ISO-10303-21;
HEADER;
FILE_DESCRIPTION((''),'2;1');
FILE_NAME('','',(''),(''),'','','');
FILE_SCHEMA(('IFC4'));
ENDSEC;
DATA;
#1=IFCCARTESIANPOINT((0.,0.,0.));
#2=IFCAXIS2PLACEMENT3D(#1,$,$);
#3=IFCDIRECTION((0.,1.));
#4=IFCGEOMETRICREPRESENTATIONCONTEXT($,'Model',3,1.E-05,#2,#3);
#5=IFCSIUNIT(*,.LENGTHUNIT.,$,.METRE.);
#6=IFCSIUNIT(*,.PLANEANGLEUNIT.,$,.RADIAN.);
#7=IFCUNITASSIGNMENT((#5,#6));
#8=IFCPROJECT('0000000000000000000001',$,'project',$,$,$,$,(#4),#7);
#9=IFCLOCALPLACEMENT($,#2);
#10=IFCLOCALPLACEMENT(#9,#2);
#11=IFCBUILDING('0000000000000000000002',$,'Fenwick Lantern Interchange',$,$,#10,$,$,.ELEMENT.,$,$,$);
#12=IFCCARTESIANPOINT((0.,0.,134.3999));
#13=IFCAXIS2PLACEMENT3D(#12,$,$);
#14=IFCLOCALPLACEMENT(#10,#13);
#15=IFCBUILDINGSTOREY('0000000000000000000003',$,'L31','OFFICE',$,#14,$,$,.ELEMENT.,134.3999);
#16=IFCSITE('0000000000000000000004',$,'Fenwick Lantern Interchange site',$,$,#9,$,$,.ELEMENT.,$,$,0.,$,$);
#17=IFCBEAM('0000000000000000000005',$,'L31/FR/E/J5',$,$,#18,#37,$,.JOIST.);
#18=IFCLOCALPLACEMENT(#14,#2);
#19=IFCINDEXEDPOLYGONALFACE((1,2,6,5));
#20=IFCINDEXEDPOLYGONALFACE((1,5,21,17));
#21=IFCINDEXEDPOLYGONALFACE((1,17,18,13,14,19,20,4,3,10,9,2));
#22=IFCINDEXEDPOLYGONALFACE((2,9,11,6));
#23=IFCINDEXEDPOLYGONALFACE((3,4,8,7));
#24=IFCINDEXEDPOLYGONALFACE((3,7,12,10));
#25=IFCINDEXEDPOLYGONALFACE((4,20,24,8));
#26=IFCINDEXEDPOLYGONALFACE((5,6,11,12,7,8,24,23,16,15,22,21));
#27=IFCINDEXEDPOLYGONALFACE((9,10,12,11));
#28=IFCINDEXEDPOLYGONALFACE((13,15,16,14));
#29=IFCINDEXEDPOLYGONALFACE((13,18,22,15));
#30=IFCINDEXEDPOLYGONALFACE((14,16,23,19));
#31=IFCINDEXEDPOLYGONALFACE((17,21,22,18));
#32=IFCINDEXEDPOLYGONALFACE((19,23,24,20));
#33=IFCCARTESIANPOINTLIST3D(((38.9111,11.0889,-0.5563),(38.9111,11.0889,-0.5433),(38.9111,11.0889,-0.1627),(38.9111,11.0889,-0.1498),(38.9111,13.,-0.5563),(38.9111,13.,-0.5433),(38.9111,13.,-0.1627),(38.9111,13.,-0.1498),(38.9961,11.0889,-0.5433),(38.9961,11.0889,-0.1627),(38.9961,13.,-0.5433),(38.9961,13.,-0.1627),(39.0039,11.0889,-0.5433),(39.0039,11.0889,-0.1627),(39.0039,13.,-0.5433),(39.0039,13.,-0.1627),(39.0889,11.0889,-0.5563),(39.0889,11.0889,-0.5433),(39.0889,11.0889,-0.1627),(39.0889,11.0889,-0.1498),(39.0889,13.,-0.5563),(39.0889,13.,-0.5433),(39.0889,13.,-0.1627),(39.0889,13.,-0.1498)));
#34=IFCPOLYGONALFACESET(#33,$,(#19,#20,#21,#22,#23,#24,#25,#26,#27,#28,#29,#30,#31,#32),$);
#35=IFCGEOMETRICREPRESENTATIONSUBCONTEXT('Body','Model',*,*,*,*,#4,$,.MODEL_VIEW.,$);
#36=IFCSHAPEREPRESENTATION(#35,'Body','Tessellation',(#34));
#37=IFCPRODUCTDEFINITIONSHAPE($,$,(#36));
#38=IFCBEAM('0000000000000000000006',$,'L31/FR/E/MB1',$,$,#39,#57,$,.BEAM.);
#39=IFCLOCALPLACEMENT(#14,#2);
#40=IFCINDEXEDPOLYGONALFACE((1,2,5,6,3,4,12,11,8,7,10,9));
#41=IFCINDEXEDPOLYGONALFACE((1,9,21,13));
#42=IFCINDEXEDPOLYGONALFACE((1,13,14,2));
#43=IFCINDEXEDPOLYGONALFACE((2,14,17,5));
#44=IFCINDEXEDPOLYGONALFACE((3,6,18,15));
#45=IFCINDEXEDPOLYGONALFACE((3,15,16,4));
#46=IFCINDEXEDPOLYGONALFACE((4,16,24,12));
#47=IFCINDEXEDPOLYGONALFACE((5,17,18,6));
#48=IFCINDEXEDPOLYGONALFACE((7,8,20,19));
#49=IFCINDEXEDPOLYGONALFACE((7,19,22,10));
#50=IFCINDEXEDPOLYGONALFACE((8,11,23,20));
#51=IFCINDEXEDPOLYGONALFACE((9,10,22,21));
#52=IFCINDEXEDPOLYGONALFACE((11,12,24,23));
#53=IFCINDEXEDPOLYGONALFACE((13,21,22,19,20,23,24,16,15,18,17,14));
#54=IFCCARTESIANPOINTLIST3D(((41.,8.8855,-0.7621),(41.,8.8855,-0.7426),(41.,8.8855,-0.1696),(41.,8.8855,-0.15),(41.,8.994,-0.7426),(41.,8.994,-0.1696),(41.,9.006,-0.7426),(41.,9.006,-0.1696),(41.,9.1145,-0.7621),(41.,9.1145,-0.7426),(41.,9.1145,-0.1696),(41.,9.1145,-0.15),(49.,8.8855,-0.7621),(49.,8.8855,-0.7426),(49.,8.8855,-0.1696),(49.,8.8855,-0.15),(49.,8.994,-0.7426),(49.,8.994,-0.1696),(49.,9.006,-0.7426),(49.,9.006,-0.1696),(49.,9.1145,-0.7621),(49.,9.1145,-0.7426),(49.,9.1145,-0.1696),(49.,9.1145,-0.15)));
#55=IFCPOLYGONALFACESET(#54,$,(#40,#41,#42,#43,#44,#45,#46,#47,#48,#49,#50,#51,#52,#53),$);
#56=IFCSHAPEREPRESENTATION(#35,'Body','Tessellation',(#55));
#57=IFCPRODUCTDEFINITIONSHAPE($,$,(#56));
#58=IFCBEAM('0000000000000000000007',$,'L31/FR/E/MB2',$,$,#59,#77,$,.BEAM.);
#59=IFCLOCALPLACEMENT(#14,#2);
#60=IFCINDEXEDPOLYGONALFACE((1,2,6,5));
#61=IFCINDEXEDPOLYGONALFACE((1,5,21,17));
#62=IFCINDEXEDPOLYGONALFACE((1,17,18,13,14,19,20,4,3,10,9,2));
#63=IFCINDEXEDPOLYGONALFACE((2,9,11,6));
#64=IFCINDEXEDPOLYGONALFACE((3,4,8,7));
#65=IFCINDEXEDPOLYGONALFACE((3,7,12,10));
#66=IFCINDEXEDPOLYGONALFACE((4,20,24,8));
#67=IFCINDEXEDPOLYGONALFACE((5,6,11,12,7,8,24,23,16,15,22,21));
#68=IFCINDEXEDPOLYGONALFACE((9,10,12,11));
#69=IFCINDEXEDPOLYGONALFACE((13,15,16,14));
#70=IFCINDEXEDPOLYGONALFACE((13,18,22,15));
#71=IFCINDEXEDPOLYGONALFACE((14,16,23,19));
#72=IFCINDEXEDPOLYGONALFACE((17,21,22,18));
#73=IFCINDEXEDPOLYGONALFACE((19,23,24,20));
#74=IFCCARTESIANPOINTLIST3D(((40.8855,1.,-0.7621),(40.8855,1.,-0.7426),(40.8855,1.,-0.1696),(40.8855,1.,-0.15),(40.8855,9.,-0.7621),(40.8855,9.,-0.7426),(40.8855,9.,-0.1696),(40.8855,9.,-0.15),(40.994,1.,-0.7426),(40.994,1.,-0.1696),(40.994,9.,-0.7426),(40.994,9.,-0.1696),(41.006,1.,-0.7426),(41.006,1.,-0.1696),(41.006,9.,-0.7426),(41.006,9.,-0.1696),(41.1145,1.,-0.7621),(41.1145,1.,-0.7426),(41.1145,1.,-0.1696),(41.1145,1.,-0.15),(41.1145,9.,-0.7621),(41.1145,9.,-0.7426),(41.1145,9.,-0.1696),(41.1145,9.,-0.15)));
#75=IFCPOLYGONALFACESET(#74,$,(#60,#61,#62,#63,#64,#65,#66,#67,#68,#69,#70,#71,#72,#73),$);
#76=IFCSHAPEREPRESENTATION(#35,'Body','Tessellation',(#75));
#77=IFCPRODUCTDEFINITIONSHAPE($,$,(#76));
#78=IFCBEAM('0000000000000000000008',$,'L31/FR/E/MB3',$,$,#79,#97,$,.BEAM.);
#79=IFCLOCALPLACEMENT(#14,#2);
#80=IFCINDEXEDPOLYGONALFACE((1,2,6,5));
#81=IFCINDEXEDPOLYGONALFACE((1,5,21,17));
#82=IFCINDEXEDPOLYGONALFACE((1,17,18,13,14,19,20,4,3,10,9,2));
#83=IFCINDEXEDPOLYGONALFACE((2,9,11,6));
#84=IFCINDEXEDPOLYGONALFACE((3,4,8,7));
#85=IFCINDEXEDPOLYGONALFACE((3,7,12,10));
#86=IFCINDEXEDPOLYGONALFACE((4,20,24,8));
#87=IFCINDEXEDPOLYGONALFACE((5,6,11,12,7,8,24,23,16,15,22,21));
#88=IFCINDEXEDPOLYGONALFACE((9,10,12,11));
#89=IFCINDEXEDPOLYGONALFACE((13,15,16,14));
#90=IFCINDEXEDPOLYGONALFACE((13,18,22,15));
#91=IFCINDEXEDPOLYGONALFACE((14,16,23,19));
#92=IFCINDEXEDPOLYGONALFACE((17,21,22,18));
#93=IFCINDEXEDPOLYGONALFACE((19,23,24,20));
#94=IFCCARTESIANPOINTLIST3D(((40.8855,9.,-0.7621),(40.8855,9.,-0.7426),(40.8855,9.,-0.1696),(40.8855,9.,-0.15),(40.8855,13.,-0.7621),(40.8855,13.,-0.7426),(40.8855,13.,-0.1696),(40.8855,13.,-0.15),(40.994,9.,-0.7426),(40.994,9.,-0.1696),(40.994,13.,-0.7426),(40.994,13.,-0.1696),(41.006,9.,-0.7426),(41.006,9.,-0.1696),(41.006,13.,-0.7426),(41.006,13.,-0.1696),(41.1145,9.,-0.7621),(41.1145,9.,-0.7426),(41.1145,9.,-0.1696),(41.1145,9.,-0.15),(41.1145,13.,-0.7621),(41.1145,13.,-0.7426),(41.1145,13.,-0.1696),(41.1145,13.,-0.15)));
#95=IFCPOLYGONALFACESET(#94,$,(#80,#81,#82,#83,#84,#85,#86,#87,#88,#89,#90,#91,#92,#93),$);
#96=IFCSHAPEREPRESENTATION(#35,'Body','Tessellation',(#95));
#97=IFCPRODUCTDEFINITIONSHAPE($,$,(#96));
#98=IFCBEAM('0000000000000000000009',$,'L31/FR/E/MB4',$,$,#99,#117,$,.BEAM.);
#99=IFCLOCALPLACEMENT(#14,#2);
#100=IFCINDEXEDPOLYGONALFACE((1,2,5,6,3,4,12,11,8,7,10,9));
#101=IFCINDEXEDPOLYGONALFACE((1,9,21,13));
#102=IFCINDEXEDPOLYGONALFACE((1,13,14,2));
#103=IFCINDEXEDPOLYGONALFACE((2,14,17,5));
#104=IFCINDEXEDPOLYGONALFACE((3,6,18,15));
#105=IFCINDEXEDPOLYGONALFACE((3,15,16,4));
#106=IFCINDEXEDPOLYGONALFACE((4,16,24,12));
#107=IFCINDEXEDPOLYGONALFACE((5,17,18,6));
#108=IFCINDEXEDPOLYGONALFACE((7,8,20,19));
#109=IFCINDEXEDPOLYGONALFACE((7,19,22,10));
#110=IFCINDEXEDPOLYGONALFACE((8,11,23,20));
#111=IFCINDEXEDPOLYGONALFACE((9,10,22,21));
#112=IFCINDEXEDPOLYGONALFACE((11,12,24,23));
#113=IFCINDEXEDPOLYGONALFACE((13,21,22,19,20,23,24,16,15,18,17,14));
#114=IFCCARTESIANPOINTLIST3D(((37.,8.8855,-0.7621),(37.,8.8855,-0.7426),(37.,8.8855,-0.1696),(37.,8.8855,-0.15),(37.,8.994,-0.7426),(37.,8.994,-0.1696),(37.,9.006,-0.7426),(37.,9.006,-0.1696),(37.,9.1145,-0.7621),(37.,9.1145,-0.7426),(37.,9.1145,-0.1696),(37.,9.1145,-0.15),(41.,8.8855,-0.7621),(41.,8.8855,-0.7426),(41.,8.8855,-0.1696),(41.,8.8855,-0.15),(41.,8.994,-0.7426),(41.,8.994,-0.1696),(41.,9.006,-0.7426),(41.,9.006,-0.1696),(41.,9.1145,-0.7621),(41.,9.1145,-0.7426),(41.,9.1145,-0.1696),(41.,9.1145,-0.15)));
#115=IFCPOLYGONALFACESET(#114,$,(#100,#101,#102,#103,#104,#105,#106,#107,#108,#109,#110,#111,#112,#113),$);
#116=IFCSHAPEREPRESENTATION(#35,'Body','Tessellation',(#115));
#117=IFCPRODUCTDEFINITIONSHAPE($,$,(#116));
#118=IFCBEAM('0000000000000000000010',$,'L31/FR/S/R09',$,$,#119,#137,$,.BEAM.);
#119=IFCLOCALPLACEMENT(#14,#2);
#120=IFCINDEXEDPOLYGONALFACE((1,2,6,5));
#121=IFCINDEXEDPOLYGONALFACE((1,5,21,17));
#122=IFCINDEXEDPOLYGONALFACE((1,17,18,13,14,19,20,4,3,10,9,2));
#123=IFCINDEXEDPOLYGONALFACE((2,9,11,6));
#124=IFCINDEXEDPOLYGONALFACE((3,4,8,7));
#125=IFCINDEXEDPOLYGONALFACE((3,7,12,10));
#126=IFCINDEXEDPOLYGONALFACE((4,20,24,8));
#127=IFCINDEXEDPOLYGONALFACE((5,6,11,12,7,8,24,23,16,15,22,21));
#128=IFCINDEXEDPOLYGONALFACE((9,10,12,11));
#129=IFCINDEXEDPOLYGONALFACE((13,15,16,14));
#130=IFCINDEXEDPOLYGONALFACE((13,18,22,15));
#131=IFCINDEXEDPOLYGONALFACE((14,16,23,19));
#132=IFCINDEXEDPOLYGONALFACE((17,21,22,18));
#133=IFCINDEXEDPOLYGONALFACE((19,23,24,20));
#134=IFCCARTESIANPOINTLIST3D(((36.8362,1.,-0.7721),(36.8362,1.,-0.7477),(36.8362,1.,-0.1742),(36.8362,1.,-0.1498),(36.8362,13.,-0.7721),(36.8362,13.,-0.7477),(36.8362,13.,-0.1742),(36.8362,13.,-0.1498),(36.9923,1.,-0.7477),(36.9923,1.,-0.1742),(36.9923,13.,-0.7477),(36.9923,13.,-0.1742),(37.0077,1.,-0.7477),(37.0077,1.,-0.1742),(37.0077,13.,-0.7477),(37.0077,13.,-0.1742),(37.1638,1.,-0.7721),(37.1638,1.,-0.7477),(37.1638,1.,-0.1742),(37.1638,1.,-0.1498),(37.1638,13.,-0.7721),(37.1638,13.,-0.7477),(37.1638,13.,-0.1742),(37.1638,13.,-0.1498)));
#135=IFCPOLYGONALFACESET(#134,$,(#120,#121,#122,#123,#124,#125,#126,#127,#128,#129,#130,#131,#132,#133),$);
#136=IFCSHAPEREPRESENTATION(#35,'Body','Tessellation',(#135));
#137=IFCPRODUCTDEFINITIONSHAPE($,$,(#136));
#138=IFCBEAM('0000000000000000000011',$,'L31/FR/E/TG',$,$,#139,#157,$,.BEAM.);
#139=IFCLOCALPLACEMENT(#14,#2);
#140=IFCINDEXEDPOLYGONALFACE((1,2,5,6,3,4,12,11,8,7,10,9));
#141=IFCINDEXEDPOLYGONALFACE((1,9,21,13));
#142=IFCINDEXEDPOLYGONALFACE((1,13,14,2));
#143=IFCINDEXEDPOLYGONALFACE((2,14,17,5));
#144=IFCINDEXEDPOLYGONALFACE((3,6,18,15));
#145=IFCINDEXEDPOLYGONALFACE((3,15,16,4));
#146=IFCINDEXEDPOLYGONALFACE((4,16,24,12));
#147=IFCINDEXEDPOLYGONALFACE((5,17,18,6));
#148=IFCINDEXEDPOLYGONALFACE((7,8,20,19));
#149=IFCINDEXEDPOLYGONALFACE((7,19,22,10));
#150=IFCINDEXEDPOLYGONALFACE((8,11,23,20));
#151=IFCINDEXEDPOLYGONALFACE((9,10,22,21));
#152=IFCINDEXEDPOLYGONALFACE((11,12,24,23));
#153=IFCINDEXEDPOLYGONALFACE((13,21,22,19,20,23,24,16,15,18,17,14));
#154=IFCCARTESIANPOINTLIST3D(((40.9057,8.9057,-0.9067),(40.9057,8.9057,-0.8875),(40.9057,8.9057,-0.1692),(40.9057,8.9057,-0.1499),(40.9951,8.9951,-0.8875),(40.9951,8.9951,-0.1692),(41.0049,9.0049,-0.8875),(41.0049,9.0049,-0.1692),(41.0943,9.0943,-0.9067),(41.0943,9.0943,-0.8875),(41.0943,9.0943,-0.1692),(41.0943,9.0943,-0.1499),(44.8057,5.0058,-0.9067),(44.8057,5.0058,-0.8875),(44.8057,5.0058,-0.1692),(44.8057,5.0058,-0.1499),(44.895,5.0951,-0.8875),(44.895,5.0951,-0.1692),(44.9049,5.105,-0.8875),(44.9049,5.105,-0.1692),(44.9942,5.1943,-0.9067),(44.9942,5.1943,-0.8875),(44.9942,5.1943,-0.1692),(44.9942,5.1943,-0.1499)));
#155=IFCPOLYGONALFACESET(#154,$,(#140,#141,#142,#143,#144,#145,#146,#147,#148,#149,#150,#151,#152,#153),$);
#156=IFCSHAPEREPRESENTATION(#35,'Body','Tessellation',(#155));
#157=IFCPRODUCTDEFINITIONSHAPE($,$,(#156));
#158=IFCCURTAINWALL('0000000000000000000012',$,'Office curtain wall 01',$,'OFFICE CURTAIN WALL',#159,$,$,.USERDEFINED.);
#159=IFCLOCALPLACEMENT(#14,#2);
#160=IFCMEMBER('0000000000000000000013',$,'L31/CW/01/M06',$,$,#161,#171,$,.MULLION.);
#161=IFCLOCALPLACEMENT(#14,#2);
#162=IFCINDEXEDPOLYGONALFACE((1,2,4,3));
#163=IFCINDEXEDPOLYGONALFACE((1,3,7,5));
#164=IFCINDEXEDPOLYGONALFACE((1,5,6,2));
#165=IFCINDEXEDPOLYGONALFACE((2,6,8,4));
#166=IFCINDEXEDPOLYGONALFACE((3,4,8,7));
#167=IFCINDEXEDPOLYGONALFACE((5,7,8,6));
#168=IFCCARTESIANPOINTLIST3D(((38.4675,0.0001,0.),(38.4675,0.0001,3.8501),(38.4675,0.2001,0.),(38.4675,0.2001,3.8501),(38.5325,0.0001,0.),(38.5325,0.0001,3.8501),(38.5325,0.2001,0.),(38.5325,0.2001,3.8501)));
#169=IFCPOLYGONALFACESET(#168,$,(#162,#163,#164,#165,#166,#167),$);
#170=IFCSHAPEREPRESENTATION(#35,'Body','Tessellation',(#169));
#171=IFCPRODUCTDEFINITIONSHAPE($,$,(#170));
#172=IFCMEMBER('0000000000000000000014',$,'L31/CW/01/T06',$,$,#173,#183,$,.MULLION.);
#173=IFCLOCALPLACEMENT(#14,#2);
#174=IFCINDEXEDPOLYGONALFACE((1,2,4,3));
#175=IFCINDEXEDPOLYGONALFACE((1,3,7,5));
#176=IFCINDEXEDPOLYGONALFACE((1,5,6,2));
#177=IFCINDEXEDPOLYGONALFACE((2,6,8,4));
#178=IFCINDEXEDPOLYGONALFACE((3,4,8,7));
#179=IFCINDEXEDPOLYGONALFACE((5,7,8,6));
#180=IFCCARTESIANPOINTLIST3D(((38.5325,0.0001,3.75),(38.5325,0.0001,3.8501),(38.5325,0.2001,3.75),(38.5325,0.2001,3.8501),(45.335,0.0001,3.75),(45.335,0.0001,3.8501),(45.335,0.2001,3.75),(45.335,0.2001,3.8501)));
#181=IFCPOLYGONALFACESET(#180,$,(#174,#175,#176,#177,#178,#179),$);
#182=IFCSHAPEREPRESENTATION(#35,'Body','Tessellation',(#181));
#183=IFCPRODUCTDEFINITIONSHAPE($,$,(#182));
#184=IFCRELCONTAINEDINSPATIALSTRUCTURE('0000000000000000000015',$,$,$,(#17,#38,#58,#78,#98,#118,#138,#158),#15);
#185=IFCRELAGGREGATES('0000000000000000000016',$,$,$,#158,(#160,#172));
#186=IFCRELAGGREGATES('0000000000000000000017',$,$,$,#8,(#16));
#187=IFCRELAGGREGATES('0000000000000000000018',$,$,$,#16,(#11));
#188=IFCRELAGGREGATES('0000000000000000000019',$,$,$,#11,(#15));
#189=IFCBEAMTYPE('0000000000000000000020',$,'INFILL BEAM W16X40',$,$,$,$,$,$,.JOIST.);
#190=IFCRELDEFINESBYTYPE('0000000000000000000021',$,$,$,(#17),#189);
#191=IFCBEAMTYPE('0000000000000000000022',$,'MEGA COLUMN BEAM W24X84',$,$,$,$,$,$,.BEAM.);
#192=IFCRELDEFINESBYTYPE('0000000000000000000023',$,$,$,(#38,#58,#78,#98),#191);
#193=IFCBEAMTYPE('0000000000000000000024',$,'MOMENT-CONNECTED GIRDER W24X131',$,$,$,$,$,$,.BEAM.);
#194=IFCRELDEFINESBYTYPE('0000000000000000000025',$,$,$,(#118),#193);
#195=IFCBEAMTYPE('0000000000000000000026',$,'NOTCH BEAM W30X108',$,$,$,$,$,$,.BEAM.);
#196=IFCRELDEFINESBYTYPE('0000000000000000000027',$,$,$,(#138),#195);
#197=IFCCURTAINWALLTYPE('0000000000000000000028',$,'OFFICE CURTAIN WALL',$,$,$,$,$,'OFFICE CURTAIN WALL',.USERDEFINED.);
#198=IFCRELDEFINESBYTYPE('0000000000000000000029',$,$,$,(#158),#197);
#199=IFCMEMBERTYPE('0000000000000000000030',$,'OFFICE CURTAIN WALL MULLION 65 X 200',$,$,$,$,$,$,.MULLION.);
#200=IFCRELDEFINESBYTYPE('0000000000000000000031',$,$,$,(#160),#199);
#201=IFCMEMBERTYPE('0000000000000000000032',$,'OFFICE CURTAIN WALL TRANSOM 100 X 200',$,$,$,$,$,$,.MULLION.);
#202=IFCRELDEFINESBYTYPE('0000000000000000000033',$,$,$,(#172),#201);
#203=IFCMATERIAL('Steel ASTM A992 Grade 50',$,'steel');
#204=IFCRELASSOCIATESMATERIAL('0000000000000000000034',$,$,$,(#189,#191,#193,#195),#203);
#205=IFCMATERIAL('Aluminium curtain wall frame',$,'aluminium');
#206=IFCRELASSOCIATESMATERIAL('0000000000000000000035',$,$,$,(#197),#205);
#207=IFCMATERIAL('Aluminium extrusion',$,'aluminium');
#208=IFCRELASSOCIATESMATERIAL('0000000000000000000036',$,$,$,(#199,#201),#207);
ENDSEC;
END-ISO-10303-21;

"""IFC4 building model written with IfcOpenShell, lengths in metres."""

from ifc_helpers import new_model, si_unit, direction, frame, origin, origin_2d, place, context, subcontext, project, spatial, rectangle, i_section, extrude, material, material_profile, profile_set, type_object, element, aggregate, save


model = new_model("IFC4")

# Units and contexts
model_context = context("Model", 3, precision=1e-05, world=origin(), true_north=direction((0.0, 1.0)))
body_context = subcontext(model_context, "Body", "Model", "MODEL_VIEW")
ifc_project = project(units=[si_unit("LENGTHUNIT", "METRE"), si_unit("PLANEANGLEUNIT", "RADIAN")], contexts=[model_context])

# Site, building, storey
site_placement = place(None, origin())
site = spatial("IfcSite", under=ifc_project, at=site_placement, Name="Fenwick Lantern Interchange site", CompositionType="ELEMENT", RefElevation=0.0)
building_placement = place(site_placement, origin())
building = spatial("IfcBuilding", under=site, at=building_placement, Name="Fenwick Lantern Interchange", CompositionType="ELEMENT")
storey_placement = place(building_placement, frame((0.0, 0.0, 134.3999)))
storey = spatial("IfcBuildingStorey", under=building, at=storey_placement, Name="L31", Description="OFFICE", CompositionType="ELEMENT", Elevation=134.3999)

# Beams
ifc_material_1 = material(Name="Steel ASTM A992 Grade 50", Category="steel")
ifc_material_profile_1 = material_profile(ifc_material_1, i_section(OverallWidth=0.1777, OverallDepth=0.4065, WebThickness=0.0078, FlangeThickness=0.0129, at=origin_2d()), Name="W16X40")
ifc_profile_set_1 = profile_set([ifc_material_profile_1], Name="Steel ASTM A992 Grade 50")
beam_type_1 = type_object("IfcBeamType", Name="INFILL BEAM W16X40", PredefinedType="JOIST", material=ifc_profile_set_1)
beam_1_placement = place(storey_placement, frame((39.0, 11.0889, -0.353), z_axis=(0.0, 1.0, 0.0), x_axis=(-1.0, 0.0, 0.0)))
element("IfcBeam", 1, at=beam_1_placement, inside=storey, type_object=beam_type_1, Name="L31/FR/E/J5", PredefinedType="JOIST", context=body_context, shape_type="SweptSolid", body=[
    extrude(i_section(OverallWidth=0.1777, OverallDepth=0.4065, WebThickness=0.0078, FlangeThickness=0.0129, at=origin_2d()), origin(), (0.0, 0.0, 1.0), 1.9111),
])
ifc_material_profile_2 = material_profile(ifc_material_1, i_section(OverallWidth=0.229, OverallDepth=0.6121, WebThickness=0.012, FlangeThickness=0.0195, at=origin_2d()), Name="W24X84")
ifc_profile_set_2 = profile_set([ifc_material_profile_2], Name="Steel ASTM A992 Grade 50")
beam_type_2 = type_object("IfcBeamType", Name="MEGA COLUMN BEAM W24X84", PredefinedType="BEAM", material=ifc_profile_set_2)
for number, where, z_axis, x_axis, name in (
    (2, (41.0, 9.0, -0.4561), (1.0, 0.0, 0.0), (0.0, 1.0, 0.0), "L31/FR/E/MB1"),
    (3, (41.0, 9.0, -0.4561), (0.0, -1.0, 0.0), (1.0, 0.0, 0.0), "L31/FR/E/MB2"),
):
    element("IfcBeam", number, at=place(storey_placement, frame(where, z_axis=z_axis, x_axis=x_axis)), inside=storey, type_object=beam_type_2, Name=name, PredefinedType="BEAM", context=body_context, shape_type="SweptSolid", body=[
        extrude(i_section(OverallWidth=0.229, OverallDepth=0.6121, WebThickness=0.012, FlangeThickness=0.0195, at=origin_2d()), origin(), (0.0, 0.0, 1.0), 8.0),
    ])
for number, where, z_axis, x_axis, name in (
    (4, (41.0, 9.0, -0.4561), (0.0, 1.0, 0.0), (-1.0, 0.0, 0.0), "L31/FR/E/MB3"),
    (5, (41.0, 9.0, -0.4561), (-1.0, 0.0, 0.0), (0.0, -1.0, 0.0), "L31/FR/E/MB4"),
):
    element("IfcBeam", number, at=place(storey_placement, frame(where, z_axis=z_axis, x_axis=x_axis)), inside=storey, type_object=beam_type_2, Name=name, PredefinedType="BEAM", context=body_context, shape_type="SweptSolid", body=[
        extrude(i_section(OverallWidth=0.229, OverallDepth=0.6121, WebThickness=0.012, FlangeThickness=0.0195, at=origin_2d()), origin(), (0.0, 0.0, 1.0), 4.0),
    ])
ifc_material_profile_3 = material_profile(ifc_material_1, i_section(OverallWidth=0.3276, OverallDepth=0.6223, WebThickness=0.0154, FlangeThickness=0.0244, at=origin_2d()), Name="W24X131")
ifc_profile_set_3 = profile_set([ifc_material_profile_3], Name="Steel ASTM A992 Grade 50")
beam_type_3 = type_object("IfcBeamType", Name="MOMENT-CONNECTED GIRDER W24X131", PredefinedType="BEAM", material=ifc_profile_set_3)
beam_2_placement = place(storey_placement, frame((37.0, 1.0, -0.4609), z_axis=(0.0, 1.0, 0.0), x_axis=(-1.0, 0.0, 0.0)))
element("IfcBeam", 6, at=beam_2_placement, inside=storey, type_object=beam_type_3, Name="L31/FR/S/R09", PredefinedType="BEAM", context=body_context, shape_type="SweptSolid", body=[
    extrude(i_section(OverallWidth=0.3276, OverallDepth=0.6223, WebThickness=0.0154, FlangeThickness=0.0244, at=origin_2d()), origin(), (0.0, 0.0, 1.0), 12.0),
])
ifc_material_profile_4 = material_profile(ifc_material_1, i_section(OverallWidth=0.2666, OverallDepth=0.7568, WebThickness=0.0139, FlangeThickness=0.0193, at=origin_2d()), Name="W30X108")
ifc_profile_set_4 = profile_set([ifc_material_profile_4], Name="Steel ASTM A992 Grade 50")
beam_type_4 = type_object("IfcBeamType", Name="NOTCH BEAM W30X108", PredefinedType="BEAM", material=ifc_profile_set_4)
beam_3_placement = place(storey_placement, frame((41.0, 9.0, -0.5283), z_axis=(0.707107, -0.707107, 0.0), x_axis=(0.707107, 0.707107, 0.0)))
element("IfcBeam", 7, at=beam_3_placement, inside=storey, type_object=beam_type_4, Name="L31/FR/E/TG", PredefinedType="BEAM", context=body_context, shape_type="SweptSolid", body=[
    extrude(i_section(OverallWidth=0.2666, OverallDepth=0.7568, WebThickness=0.0139, FlangeThickness=0.0193, at=origin_2d()), origin(), (0.0, 0.0, 1.0), 5.5154),
])

# Curtain wall, members
ifc_material_2 = material(Name="Aluminium curtain wall frame", Category="aluminium")
curtain_wall_type = type_object("IfcCurtainWallType", Name="OFFICE CURTAIN WALL", ElementType="OFFICE CURTAIN WALL", PredefinedType="USERDEFINED", material=ifc_material_2)
curtain_wall_placement = place(storey_placement, origin())
curtain_wall = element("IfcCurtainWall", 8, at=curtain_wall_placement, inside=storey, type_object=curtain_wall_type, Name="Office curtain wall 01", ObjectType="OFFICE CURTAIN WALL", PredefinedType="USERDEFINED")
ifc_material_3 = material(Name="Aluminium extrusion", Category="aluminium")
ifc_material_profile_5 = material_profile(ifc_material_3, rectangle(XDim=0.2, YDim=0.0649, at=origin_2d()), Name="OFFICE CURTAIN WALL MULLION 65 X 200")
ifc_profile_set_5 = profile_set([ifc_material_profile_5], Name="Aluminium extrusion")
member_type_1 = type_object("IfcMemberType", Name="OFFICE CURTAIN WALL MULLION 65 X 200", PredefinedType="MULLION", material=ifc_profile_set_5)
member_1_placement = place(storey_placement, frame((38.5, 0.1001, 0.0), z_axis=(0.0, 0.0, 1.0), x_axis=(0.0, 1.0, 0.0)))
member_1 = element("IfcMember", 9, at=member_1_placement, type_object=member_type_1, Name="L31/CW/01/M06", PredefinedType="MULLION", context=body_context, shape_type="SweptSolid", body=[
    extrude(rectangle(XDim=0.2, YDim=0.0649, at=origin_2d()), origin(), (0.0, 0.0, 1.0), 3.8501),
])
ifc_material_profile_6 = material_profile(ifc_material_3, rectangle(XDim=0.2, YDim=0.1001, at=origin_2d()), Name="OFFICE CURTAIN WALL TRANSOM 100 X 200")
ifc_profile_set_6 = profile_set([ifc_material_profile_6], Name="Aluminium extrusion")
member_type_2 = type_object("IfcMemberType", Name="OFFICE CURTAIN WALL TRANSOM 100 X 200", PredefinedType="MULLION", material=ifc_profile_set_6)
member_2_placement = place(storey_placement, frame((38.5325, 0.1001, 3.8), z_axis=(1.0, 0.0, 0.0), x_axis=(0.0, 1.0, 0.0)))
member_2 = element("IfcMember", 10, at=member_2_placement, type_object=member_type_2, Name="L31/CW/01/T06", PredefinedType="MULLION", context=body_context, shape_type="SweptSolid", body=[
    extrude(rectangle(XDim=0.2, YDim=0.1001, at=origin_2d()), origin(), (0.0, 0.0, 1.0), 6.8025),
])
aggregate(curtain_wall, [member_1, member_2])

save(model, "model.ifc")
